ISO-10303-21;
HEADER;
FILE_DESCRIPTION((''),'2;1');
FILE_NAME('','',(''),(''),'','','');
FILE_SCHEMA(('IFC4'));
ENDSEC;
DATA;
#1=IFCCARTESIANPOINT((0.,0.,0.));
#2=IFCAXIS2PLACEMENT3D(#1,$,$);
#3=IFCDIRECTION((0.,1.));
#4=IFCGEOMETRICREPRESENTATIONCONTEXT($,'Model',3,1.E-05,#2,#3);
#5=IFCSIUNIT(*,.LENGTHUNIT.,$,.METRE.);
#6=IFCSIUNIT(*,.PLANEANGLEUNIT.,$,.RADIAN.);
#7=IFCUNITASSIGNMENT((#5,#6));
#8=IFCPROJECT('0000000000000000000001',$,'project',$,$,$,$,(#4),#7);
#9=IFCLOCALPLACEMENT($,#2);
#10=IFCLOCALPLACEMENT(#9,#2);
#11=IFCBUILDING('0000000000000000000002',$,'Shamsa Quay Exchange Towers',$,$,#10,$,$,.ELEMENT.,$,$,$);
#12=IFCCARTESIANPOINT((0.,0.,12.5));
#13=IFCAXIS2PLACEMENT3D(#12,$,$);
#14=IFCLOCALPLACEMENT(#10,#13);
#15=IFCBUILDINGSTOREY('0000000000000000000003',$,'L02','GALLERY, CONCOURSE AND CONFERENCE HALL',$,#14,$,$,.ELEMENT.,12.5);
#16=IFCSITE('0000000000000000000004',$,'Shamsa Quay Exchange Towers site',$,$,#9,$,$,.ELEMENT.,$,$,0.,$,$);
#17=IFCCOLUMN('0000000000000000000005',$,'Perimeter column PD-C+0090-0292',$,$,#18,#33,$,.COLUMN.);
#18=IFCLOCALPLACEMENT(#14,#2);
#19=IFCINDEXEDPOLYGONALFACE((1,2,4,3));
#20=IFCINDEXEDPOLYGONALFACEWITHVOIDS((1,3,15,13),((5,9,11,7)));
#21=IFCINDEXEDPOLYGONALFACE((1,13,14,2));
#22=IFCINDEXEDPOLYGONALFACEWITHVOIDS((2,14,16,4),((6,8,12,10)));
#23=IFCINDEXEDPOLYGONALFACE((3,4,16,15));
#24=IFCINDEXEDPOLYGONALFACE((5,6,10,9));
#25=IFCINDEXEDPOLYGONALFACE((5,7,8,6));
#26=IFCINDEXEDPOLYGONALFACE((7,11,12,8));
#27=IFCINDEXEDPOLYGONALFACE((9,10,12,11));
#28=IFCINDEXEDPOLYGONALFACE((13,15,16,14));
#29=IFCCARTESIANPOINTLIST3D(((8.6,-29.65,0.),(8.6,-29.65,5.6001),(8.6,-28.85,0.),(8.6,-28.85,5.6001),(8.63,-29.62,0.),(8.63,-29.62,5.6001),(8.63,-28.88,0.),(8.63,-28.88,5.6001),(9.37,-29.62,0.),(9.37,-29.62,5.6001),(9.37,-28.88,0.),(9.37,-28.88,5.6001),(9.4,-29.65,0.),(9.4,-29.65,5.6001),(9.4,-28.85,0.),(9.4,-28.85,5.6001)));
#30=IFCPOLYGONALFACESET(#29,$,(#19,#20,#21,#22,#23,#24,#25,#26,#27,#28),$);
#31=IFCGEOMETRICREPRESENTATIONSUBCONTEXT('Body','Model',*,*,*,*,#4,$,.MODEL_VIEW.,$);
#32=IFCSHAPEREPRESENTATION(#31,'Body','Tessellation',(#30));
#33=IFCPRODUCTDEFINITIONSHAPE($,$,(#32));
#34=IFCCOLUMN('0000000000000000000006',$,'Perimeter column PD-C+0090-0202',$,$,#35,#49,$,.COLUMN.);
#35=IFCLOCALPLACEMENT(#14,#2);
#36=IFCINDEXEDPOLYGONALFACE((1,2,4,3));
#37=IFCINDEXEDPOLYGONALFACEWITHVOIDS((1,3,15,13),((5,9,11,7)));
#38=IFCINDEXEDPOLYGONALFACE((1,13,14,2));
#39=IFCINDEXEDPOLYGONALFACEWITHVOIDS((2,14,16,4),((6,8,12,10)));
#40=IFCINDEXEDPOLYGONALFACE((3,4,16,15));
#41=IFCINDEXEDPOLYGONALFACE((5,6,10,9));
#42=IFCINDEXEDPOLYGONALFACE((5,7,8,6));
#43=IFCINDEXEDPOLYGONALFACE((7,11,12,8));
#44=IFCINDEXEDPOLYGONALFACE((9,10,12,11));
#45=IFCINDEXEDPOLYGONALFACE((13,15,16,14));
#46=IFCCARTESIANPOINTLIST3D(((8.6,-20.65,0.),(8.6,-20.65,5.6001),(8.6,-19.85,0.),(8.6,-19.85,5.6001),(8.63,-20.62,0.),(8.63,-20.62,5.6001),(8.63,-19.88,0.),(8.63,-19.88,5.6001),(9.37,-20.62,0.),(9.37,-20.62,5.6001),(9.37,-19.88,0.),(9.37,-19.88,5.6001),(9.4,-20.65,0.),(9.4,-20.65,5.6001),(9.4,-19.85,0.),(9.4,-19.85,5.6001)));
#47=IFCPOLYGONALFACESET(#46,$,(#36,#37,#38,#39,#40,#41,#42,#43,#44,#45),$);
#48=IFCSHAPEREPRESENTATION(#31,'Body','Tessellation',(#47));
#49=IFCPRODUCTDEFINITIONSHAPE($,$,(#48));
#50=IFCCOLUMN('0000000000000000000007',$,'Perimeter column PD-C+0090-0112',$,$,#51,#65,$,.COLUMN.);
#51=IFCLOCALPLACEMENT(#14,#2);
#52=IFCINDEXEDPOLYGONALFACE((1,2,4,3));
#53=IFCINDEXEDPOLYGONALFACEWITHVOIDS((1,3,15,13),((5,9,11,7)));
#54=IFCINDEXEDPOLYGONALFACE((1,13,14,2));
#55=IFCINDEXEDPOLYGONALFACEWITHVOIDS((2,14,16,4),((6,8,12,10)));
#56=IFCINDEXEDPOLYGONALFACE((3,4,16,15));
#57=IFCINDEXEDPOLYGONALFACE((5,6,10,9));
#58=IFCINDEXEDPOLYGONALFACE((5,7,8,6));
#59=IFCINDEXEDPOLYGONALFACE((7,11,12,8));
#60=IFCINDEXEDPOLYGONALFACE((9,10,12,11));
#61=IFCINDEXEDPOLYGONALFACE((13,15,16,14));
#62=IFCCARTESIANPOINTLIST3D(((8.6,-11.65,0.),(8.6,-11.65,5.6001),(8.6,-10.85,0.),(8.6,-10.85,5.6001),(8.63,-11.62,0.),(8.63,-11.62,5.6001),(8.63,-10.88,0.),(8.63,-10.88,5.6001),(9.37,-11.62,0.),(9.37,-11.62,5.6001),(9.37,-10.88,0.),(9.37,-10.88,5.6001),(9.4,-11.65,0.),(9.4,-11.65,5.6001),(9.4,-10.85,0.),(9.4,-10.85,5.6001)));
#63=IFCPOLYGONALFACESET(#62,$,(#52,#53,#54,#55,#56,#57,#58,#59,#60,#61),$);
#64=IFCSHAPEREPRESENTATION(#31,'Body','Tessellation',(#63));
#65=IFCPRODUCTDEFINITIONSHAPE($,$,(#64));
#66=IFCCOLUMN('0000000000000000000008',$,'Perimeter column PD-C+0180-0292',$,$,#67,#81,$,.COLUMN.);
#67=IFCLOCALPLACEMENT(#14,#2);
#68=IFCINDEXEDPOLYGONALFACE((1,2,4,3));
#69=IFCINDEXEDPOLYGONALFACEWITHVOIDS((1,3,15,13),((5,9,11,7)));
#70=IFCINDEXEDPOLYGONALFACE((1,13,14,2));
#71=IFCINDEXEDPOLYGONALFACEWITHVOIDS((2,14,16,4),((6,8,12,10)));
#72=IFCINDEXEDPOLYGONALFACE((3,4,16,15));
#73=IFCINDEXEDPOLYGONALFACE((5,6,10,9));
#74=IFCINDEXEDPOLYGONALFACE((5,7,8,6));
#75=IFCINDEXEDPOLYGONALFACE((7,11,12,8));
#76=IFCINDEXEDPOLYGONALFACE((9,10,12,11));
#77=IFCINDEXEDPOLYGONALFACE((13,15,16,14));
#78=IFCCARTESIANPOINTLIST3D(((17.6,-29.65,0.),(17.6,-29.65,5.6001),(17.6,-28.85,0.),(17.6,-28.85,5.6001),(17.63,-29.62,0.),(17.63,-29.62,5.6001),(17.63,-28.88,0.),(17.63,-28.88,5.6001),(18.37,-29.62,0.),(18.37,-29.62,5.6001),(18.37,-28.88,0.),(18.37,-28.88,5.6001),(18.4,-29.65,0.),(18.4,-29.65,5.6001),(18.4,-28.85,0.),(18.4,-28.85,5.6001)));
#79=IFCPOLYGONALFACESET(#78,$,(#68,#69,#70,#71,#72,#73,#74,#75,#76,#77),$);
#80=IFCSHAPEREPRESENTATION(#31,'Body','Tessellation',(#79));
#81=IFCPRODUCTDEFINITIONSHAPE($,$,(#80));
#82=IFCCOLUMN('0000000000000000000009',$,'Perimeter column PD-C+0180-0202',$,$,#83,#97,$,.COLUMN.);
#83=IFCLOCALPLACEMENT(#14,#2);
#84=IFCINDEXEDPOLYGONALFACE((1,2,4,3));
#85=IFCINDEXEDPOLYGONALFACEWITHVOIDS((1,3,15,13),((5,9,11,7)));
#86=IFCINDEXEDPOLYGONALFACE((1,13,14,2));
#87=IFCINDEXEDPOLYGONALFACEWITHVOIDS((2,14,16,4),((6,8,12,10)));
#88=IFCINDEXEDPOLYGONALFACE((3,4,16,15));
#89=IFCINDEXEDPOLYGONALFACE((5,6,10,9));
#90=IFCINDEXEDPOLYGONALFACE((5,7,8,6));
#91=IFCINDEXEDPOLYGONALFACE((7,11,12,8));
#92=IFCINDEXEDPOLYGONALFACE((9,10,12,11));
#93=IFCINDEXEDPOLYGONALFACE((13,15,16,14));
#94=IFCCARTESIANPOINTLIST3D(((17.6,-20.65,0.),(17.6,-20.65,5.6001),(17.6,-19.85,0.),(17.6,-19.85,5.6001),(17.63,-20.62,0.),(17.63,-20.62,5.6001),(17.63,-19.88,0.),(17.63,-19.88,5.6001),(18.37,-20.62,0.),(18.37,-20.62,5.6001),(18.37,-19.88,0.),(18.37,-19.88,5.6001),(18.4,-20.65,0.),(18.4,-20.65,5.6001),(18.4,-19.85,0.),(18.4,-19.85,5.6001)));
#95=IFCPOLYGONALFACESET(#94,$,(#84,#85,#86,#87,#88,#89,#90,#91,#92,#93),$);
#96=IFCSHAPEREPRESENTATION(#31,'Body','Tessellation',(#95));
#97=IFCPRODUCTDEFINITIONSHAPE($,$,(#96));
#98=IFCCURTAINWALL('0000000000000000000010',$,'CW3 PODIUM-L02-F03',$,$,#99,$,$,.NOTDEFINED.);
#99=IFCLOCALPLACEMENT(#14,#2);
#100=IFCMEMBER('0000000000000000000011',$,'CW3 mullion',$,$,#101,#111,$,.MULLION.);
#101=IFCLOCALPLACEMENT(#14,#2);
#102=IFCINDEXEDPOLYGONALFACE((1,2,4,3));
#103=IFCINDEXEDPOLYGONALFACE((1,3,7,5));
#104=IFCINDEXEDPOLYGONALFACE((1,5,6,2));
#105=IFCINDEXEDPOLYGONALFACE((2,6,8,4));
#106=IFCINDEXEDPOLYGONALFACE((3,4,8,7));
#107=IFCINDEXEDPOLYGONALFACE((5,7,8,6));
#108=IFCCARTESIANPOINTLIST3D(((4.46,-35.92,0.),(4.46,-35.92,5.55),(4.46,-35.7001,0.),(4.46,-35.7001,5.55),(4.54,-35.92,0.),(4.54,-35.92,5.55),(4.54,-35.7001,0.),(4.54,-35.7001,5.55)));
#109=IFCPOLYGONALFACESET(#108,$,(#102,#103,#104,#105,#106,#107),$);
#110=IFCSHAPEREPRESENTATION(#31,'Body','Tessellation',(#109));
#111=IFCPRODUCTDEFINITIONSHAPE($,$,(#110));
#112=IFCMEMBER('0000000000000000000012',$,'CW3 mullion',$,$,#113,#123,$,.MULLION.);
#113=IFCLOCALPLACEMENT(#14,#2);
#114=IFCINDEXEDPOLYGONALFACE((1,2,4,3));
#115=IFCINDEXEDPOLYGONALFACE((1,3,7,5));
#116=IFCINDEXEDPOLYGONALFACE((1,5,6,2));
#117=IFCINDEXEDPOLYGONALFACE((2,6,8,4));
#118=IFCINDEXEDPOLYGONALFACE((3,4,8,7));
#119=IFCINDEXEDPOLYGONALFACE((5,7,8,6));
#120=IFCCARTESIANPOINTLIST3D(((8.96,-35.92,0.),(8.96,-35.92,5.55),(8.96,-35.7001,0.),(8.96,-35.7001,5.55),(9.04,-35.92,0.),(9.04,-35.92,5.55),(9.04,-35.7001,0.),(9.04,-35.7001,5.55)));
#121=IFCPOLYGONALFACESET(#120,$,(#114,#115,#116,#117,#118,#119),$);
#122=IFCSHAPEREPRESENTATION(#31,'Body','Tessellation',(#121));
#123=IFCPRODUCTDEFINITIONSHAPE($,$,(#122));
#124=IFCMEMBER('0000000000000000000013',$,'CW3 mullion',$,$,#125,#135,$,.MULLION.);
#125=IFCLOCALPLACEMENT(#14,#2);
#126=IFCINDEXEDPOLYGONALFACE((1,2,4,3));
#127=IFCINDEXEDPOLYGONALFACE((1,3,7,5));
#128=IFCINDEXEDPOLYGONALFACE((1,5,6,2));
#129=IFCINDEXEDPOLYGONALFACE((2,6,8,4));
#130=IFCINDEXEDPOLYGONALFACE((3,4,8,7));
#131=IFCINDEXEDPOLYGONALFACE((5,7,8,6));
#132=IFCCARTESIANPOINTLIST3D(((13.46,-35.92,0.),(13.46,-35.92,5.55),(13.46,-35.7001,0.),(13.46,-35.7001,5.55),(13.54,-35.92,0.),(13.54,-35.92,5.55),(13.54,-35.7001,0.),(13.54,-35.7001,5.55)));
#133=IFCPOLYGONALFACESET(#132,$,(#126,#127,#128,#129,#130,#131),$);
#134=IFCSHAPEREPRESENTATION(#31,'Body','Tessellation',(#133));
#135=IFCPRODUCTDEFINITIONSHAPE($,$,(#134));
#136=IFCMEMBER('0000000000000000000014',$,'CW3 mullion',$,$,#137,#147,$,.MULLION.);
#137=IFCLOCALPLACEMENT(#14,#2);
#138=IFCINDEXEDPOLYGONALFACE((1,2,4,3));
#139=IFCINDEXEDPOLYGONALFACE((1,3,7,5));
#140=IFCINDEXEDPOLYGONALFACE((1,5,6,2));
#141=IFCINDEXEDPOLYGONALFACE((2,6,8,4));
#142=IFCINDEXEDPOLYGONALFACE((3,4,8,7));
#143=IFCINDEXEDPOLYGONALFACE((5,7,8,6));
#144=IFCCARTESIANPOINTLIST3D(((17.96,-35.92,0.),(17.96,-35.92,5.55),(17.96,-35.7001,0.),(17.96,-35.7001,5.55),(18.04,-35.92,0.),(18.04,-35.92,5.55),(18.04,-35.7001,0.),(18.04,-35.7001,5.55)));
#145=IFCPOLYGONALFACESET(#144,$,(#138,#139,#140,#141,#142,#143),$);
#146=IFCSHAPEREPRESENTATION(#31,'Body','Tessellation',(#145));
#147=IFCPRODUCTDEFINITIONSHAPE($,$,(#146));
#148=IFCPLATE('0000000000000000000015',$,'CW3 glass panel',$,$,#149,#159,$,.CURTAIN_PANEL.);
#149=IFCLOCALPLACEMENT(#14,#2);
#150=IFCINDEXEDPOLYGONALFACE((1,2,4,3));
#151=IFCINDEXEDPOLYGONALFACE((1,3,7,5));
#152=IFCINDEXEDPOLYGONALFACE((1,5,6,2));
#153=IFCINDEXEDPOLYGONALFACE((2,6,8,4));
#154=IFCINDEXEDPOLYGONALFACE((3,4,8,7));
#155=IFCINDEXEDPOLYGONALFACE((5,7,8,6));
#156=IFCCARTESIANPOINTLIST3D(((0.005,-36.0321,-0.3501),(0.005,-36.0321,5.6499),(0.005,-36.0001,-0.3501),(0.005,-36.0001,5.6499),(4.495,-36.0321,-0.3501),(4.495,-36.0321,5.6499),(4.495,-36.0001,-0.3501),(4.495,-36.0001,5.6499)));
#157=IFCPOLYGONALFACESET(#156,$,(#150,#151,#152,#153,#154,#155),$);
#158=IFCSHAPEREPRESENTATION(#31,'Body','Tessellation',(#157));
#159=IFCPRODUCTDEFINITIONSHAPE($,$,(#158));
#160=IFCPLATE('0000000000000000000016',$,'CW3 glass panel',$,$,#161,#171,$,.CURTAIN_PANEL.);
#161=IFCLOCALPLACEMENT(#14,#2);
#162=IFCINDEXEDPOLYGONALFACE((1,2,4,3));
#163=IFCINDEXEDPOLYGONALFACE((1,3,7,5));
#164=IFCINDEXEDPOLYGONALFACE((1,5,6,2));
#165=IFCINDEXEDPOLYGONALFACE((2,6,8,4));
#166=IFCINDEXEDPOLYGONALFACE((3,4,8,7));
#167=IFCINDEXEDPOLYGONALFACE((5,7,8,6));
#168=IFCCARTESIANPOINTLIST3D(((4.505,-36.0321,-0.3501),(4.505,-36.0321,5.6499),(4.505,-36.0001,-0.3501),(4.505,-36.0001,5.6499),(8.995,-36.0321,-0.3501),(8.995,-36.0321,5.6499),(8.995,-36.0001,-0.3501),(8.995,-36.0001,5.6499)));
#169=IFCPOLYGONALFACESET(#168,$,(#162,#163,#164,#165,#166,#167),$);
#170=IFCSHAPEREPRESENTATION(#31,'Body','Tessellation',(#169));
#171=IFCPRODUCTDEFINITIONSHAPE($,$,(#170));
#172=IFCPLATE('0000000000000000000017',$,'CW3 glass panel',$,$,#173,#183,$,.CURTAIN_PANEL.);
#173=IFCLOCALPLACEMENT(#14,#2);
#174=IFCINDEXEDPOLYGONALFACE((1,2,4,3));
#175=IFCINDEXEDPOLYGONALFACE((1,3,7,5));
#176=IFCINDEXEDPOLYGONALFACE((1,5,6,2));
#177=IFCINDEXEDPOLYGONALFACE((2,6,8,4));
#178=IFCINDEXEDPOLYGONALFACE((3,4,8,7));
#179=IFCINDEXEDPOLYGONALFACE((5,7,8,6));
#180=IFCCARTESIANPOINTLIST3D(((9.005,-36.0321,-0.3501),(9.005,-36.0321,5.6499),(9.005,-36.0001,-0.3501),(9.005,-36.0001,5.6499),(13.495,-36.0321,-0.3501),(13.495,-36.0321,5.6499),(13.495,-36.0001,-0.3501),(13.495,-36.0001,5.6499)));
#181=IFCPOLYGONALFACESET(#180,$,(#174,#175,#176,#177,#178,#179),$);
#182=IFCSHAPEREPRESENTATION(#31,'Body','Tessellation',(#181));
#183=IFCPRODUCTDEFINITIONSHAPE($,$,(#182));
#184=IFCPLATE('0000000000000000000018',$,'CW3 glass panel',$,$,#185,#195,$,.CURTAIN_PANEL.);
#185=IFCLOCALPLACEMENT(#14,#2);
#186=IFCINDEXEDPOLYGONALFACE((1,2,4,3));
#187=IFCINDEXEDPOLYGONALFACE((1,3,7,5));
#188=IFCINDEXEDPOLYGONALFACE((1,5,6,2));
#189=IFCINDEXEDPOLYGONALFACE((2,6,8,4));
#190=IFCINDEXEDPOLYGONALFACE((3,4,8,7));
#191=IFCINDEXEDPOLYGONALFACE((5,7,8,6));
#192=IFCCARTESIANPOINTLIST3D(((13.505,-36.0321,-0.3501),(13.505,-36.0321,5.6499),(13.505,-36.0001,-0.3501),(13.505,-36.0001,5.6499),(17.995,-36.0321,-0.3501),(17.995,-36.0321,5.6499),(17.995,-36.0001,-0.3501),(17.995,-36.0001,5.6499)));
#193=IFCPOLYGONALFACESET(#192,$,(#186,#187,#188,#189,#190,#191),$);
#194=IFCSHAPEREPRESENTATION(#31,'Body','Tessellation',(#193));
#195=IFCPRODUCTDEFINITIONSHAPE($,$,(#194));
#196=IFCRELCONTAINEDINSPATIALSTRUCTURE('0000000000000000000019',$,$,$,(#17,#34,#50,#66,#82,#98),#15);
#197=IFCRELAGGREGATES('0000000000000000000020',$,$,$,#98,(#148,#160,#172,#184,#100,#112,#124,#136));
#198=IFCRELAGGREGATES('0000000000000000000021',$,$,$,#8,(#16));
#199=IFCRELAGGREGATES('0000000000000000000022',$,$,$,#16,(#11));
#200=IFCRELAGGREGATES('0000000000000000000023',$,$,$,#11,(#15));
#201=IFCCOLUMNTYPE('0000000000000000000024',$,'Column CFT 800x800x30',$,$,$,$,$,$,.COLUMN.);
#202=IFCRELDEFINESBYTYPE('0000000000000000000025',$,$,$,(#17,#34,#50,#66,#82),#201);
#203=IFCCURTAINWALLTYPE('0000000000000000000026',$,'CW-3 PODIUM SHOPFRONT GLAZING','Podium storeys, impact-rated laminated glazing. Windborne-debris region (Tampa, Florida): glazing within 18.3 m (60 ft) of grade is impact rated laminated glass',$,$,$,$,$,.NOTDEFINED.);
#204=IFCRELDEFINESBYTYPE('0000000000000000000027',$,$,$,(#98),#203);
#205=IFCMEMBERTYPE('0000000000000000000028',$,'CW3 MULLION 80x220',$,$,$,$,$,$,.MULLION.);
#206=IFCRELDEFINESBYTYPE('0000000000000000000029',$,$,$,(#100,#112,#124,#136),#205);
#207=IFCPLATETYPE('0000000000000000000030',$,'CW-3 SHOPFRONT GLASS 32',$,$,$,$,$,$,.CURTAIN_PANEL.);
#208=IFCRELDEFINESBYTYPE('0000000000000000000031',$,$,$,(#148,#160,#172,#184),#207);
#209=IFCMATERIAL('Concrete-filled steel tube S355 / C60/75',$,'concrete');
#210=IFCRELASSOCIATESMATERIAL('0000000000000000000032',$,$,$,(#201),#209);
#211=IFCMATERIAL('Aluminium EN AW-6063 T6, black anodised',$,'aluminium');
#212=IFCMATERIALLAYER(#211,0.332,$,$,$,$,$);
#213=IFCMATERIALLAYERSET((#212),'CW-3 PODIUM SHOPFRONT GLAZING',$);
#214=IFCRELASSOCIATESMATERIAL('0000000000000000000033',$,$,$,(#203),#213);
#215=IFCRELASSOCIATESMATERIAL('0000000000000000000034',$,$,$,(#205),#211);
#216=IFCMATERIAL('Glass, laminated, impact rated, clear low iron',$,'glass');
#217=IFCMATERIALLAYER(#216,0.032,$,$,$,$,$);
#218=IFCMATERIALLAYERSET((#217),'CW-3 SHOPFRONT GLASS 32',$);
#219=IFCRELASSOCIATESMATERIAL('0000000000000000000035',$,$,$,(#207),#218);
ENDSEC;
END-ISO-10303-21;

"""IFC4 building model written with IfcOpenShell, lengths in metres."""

from ifc_helpers import new_model, si_unit, direction, frame, origin, origin_2d, place, context, subcontext, project, spatial, rectangle, hollow_rectangle, extrude, material, layer, layer_set, material_profile, profile_set, type_object, element, aggregate, save


model = new_model("IFC4")

# Units and contexts
model_context = context("Model", 3, precision=1e-05, world=origin(), true_north=direction((0.0, 1.0)))
body_context = subcontext(model_context, "Body", "Model", "MODEL_VIEW")
ifc_project = project(units=[si_unit("LENGTHUNIT", "METRE"), si_unit("PLANEANGLEUNIT", "RADIAN")], contexts=[model_context])

# Site, building, storey
site_placement = place(None, origin())
site = spatial("IfcSite", under=ifc_project, at=site_placement, Name="Shamsa Quay Exchange Towers site", CompositionType="ELEMENT", RefElevation=0.0)
building_placement = place(site_placement, origin())
building = spatial("IfcBuilding", under=site, at=building_placement, Name="Shamsa Quay Exchange Towers", CompositionType="ELEMENT")
storey_placement = place(building_placement, frame((0.0, 0.0, 12.5)))
storey = spatial("IfcBuildingStorey", under=building, at=storey_placement, Name="L02", Description="GALLERY, CONCOURSE AND CONFERENCE HALL", CompositionType="ELEMENT", Elevation=12.5)

# Columns
ifc_material_1 = material(Name="Concrete-filled steel tube S355 / C60/75", Category="concrete")
ifc_material_profile_1 = material_profile(ifc_material_1, hollow_rectangle(XDim=0.8, YDim=0.8, WallThickness=0.03, at=origin_2d()), Name="CFT 800x800x30")
ifc_profile_set_1 = profile_set([ifc_material_profile_1], Name="Concrete-filled steel tube S355 / C60/75")
column_type = type_object("IfcColumnType", Name="Column CFT 800x800x30", PredefinedType="COLUMN", material=ifc_profile_set_1)
for number, where, name in (
    (1, (9.0, -29.25, 0.0), "Perimeter column PD-C+0090-0292"),
    (2, (9.0, -20.25, 0.0), "Perimeter column PD-C+0090-0202"),
    (3, (9.0, -11.25, 0.0), "Perimeter column PD-C+0090-0112"),
    (4, (18.0, -29.25, 0.0), "Perimeter column PD-C+0180-0292"),
    (5, (18.0, -20.25, 0.0), "Perimeter column PD-C+0180-0202"),
):
    element("IfcColumn", number, at=place(storey_placement, frame(where)), inside=storey, type_object=column_type, Name=name, PredefinedType="COLUMN", context=body_context, shape_type="SweptSolid", body=[
        extrude(hollow_rectangle(XDim=0.8, YDim=0.8, WallThickness=0.03, at=origin_2d()), origin(), (0.0, 0.0, 1.0), 5.6001),
    ])

# Curtain wall, members, plates
ifc_material_2 = material(Name="Aluminium EN AW-6063 T6, black anodised", Category="aluminium")
ifc_layer_1 = layer(ifc_material_2, 0.332)
ifc_layer_set_1 = layer_set([ifc_layer_1], Name="CW-3 PODIUM SHOPFRONT GLAZING")
curtain_wall_type = type_object("IfcCurtainWallType", Name="CW-3 PODIUM SHOPFRONT GLAZING", Description="Podium storeys, impact-rated laminated glazing. Windborne-debris region (Tampa, Florida): glazing within 18.3 m (60 ft) of grade is impact rated laminated glass", PredefinedType="NOTDEFINED", material=ifc_layer_set_1)
curtain_wall_placement = place(storey_placement, origin())
curtain_wall = element("IfcCurtainWall", 6, at=curtain_wall_placement, inside=storey, type_object=curtain_wall_type, Name="CW3 PODIUM-L02-F03", PredefinedType="NOTDEFINED")
ifc_material_profile_2 = material_profile(ifc_material_2, rectangle(XDim=0.22, YDim=0.0801, at=origin_2d()), Name="MU80x220")
ifc_profile_set_2 = profile_set([ifc_material_profile_2], Name="Aluminium EN AW-6063 T6, black anodised")
member_type = type_object("IfcMemberType", Name="CW3 MULLION 80x220", PredefinedType="MULLION", material=ifc_profile_set_2)
member_1_placement = place(storey_placement, frame((4.5, -35.8101, 0.0), z_axis=(0.0, 0.0, 1.0), x_axis=(0.0, 1.0, 0.0)))
member_1 = element("IfcMember", 7, at=member_1_placement, type_object=member_type, Name="CW3 mullion", PredefinedType="MULLION", context=body_context, shape_type="SweptSolid", body=[
    extrude(rectangle(XDim=0.22, YDim=0.0801, at=origin_2d()), origin(), (0.0, 0.0, 1.0), 5.55),
])
member_2_placement = place(storey_placement, frame((9.0, -35.8101, 0.0), z_axis=(0.0, 0.0, 1.0), x_axis=(0.0, 1.0, 0.0)))
member_2 = element("IfcMember", 8, at=member_2_placement, type_object=member_type, Name="CW3 mullion", PredefinedType="MULLION", context=body_context, shape_type="SweptSolid", body=[
    extrude(rectangle(XDim=0.22, YDim=0.0801, at=origin_2d()), origin(), (0.0, 0.0, 1.0), 5.55),
])
member_3_placement = place(storey_placement, frame((13.5, -35.8101, 0.0), z_axis=(0.0, 0.0, 1.0), x_axis=(0.0, 1.0, 0.0)))
member_3 = element("IfcMember", 9, at=member_3_placement, type_object=member_type, Name="CW3 mullion", PredefinedType="MULLION", context=body_context, shape_type="SweptSolid", body=[
    extrude(rectangle(XDim=0.22, YDim=0.0801, at=origin_2d()), origin(), (0.0, 0.0, 1.0), 5.55),
])
member_4_placement = place(storey_placement, frame((18.0, -35.8101, 0.0), z_axis=(0.0, 0.0, 1.0), x_axis=(0.0, 1.0, 0.0)))
member_4 = element("IfcMember", 10, at=member_4_placement, type_object=member_type, Name="CW3 mullion", PredefinedType="MULLION", context=body_context, shape_type="SweptSolid", body=[
    extrude(rectangle(XDim=0.22, YDim=0.0801, at=origin_2d()), origin(), (0.0, 0.0, 1.0), 5.55),
])
ifc_material_3 = material(Name="Glass, laminated, impact rated, clear low iron", Category="glass")
ifc_layer_2 = layer(ifc_material_3, 0.032)
ifc_layer_set_2 = layer_set([ifc_layer_2], Name="CW-3 SHOPFRONT GLASS 32")
plate_type = type_object("IfcPlateType", Name="CW-3 SHOPFRONT GLASS 32", PredefinedType="CURTAIN_PANEL", material=ifc_layer_set_2)
plate_1_placement = place(storey_placement, frame((2.25, -36.0161, -0.3501)))
plate_1 = element("IfcPlate", 11, at=plate_1_placement, type_object=plate_type, Name="CW3 glass panel", PredefinedType="CURTAIN_PANEL", context=body_context, shape_type="SweptSolid", body=[
    extrude(rectangle(XDim=4.49, YDim=0.032, at=origin_2d()), origin(), (0.0, 0.0, 1.0), 6.0),
])
plate_2_placement = place(storey_placement, frame((6.75, -36.0161, -0.3501)))
plate_2 = element("IfcPlate", 12, at=plate_2_placement, type_object=plate_type, Name="CW3 glass panel", PredefinedType="CURTAIN_PANEL", context=body_context, shape_type="SweptSolid", body=[
    extrude(rectangle(XDim=4.49, YDim=0.032, at=origin_2d()), origin(), (0.0, 0.0, 1.0), 6.0),
])
plate_3_placement = place(storey_placement, frame((11.25, -36.0161, -0.3501)))
plate_3 = element("IfcPlate", 13, at=plate_3_placement, type_object=plate_type, Name="CW3 glass panel", PredefinedType="CURTAIN_PANEL", context=body_context, shape_type="SweptSolid", body=[
    extrude(rectangle(XDim=4.49, YDim=0.032, at=origin_2d()), origin(), (0.0, 0.0, 1.0), 6.0),
])
plate_4_placement = place(storey_placement, frame((15.75, -36.0161, -0.3501)))
plate_4 = element("IfcPlate", 14, at=plate_4_placement, type_object=plate_type, Name="CW3 glass panel", PredefinedType="CURTAIN_PANEL", context=body_context, shape_type="SweptSolid", body=[
    extrude(rectangle(XDim=4.49, YDim=0.032, at=origin_2d()), origin(), (0.0, 0.0, 1.0), 6.0),
])
aggregate(curtain_wall, [plate_1, plate_2, plate_3, plate_4, member_1, member_2, member_3, member_4])

save(model, "model.ifc")
